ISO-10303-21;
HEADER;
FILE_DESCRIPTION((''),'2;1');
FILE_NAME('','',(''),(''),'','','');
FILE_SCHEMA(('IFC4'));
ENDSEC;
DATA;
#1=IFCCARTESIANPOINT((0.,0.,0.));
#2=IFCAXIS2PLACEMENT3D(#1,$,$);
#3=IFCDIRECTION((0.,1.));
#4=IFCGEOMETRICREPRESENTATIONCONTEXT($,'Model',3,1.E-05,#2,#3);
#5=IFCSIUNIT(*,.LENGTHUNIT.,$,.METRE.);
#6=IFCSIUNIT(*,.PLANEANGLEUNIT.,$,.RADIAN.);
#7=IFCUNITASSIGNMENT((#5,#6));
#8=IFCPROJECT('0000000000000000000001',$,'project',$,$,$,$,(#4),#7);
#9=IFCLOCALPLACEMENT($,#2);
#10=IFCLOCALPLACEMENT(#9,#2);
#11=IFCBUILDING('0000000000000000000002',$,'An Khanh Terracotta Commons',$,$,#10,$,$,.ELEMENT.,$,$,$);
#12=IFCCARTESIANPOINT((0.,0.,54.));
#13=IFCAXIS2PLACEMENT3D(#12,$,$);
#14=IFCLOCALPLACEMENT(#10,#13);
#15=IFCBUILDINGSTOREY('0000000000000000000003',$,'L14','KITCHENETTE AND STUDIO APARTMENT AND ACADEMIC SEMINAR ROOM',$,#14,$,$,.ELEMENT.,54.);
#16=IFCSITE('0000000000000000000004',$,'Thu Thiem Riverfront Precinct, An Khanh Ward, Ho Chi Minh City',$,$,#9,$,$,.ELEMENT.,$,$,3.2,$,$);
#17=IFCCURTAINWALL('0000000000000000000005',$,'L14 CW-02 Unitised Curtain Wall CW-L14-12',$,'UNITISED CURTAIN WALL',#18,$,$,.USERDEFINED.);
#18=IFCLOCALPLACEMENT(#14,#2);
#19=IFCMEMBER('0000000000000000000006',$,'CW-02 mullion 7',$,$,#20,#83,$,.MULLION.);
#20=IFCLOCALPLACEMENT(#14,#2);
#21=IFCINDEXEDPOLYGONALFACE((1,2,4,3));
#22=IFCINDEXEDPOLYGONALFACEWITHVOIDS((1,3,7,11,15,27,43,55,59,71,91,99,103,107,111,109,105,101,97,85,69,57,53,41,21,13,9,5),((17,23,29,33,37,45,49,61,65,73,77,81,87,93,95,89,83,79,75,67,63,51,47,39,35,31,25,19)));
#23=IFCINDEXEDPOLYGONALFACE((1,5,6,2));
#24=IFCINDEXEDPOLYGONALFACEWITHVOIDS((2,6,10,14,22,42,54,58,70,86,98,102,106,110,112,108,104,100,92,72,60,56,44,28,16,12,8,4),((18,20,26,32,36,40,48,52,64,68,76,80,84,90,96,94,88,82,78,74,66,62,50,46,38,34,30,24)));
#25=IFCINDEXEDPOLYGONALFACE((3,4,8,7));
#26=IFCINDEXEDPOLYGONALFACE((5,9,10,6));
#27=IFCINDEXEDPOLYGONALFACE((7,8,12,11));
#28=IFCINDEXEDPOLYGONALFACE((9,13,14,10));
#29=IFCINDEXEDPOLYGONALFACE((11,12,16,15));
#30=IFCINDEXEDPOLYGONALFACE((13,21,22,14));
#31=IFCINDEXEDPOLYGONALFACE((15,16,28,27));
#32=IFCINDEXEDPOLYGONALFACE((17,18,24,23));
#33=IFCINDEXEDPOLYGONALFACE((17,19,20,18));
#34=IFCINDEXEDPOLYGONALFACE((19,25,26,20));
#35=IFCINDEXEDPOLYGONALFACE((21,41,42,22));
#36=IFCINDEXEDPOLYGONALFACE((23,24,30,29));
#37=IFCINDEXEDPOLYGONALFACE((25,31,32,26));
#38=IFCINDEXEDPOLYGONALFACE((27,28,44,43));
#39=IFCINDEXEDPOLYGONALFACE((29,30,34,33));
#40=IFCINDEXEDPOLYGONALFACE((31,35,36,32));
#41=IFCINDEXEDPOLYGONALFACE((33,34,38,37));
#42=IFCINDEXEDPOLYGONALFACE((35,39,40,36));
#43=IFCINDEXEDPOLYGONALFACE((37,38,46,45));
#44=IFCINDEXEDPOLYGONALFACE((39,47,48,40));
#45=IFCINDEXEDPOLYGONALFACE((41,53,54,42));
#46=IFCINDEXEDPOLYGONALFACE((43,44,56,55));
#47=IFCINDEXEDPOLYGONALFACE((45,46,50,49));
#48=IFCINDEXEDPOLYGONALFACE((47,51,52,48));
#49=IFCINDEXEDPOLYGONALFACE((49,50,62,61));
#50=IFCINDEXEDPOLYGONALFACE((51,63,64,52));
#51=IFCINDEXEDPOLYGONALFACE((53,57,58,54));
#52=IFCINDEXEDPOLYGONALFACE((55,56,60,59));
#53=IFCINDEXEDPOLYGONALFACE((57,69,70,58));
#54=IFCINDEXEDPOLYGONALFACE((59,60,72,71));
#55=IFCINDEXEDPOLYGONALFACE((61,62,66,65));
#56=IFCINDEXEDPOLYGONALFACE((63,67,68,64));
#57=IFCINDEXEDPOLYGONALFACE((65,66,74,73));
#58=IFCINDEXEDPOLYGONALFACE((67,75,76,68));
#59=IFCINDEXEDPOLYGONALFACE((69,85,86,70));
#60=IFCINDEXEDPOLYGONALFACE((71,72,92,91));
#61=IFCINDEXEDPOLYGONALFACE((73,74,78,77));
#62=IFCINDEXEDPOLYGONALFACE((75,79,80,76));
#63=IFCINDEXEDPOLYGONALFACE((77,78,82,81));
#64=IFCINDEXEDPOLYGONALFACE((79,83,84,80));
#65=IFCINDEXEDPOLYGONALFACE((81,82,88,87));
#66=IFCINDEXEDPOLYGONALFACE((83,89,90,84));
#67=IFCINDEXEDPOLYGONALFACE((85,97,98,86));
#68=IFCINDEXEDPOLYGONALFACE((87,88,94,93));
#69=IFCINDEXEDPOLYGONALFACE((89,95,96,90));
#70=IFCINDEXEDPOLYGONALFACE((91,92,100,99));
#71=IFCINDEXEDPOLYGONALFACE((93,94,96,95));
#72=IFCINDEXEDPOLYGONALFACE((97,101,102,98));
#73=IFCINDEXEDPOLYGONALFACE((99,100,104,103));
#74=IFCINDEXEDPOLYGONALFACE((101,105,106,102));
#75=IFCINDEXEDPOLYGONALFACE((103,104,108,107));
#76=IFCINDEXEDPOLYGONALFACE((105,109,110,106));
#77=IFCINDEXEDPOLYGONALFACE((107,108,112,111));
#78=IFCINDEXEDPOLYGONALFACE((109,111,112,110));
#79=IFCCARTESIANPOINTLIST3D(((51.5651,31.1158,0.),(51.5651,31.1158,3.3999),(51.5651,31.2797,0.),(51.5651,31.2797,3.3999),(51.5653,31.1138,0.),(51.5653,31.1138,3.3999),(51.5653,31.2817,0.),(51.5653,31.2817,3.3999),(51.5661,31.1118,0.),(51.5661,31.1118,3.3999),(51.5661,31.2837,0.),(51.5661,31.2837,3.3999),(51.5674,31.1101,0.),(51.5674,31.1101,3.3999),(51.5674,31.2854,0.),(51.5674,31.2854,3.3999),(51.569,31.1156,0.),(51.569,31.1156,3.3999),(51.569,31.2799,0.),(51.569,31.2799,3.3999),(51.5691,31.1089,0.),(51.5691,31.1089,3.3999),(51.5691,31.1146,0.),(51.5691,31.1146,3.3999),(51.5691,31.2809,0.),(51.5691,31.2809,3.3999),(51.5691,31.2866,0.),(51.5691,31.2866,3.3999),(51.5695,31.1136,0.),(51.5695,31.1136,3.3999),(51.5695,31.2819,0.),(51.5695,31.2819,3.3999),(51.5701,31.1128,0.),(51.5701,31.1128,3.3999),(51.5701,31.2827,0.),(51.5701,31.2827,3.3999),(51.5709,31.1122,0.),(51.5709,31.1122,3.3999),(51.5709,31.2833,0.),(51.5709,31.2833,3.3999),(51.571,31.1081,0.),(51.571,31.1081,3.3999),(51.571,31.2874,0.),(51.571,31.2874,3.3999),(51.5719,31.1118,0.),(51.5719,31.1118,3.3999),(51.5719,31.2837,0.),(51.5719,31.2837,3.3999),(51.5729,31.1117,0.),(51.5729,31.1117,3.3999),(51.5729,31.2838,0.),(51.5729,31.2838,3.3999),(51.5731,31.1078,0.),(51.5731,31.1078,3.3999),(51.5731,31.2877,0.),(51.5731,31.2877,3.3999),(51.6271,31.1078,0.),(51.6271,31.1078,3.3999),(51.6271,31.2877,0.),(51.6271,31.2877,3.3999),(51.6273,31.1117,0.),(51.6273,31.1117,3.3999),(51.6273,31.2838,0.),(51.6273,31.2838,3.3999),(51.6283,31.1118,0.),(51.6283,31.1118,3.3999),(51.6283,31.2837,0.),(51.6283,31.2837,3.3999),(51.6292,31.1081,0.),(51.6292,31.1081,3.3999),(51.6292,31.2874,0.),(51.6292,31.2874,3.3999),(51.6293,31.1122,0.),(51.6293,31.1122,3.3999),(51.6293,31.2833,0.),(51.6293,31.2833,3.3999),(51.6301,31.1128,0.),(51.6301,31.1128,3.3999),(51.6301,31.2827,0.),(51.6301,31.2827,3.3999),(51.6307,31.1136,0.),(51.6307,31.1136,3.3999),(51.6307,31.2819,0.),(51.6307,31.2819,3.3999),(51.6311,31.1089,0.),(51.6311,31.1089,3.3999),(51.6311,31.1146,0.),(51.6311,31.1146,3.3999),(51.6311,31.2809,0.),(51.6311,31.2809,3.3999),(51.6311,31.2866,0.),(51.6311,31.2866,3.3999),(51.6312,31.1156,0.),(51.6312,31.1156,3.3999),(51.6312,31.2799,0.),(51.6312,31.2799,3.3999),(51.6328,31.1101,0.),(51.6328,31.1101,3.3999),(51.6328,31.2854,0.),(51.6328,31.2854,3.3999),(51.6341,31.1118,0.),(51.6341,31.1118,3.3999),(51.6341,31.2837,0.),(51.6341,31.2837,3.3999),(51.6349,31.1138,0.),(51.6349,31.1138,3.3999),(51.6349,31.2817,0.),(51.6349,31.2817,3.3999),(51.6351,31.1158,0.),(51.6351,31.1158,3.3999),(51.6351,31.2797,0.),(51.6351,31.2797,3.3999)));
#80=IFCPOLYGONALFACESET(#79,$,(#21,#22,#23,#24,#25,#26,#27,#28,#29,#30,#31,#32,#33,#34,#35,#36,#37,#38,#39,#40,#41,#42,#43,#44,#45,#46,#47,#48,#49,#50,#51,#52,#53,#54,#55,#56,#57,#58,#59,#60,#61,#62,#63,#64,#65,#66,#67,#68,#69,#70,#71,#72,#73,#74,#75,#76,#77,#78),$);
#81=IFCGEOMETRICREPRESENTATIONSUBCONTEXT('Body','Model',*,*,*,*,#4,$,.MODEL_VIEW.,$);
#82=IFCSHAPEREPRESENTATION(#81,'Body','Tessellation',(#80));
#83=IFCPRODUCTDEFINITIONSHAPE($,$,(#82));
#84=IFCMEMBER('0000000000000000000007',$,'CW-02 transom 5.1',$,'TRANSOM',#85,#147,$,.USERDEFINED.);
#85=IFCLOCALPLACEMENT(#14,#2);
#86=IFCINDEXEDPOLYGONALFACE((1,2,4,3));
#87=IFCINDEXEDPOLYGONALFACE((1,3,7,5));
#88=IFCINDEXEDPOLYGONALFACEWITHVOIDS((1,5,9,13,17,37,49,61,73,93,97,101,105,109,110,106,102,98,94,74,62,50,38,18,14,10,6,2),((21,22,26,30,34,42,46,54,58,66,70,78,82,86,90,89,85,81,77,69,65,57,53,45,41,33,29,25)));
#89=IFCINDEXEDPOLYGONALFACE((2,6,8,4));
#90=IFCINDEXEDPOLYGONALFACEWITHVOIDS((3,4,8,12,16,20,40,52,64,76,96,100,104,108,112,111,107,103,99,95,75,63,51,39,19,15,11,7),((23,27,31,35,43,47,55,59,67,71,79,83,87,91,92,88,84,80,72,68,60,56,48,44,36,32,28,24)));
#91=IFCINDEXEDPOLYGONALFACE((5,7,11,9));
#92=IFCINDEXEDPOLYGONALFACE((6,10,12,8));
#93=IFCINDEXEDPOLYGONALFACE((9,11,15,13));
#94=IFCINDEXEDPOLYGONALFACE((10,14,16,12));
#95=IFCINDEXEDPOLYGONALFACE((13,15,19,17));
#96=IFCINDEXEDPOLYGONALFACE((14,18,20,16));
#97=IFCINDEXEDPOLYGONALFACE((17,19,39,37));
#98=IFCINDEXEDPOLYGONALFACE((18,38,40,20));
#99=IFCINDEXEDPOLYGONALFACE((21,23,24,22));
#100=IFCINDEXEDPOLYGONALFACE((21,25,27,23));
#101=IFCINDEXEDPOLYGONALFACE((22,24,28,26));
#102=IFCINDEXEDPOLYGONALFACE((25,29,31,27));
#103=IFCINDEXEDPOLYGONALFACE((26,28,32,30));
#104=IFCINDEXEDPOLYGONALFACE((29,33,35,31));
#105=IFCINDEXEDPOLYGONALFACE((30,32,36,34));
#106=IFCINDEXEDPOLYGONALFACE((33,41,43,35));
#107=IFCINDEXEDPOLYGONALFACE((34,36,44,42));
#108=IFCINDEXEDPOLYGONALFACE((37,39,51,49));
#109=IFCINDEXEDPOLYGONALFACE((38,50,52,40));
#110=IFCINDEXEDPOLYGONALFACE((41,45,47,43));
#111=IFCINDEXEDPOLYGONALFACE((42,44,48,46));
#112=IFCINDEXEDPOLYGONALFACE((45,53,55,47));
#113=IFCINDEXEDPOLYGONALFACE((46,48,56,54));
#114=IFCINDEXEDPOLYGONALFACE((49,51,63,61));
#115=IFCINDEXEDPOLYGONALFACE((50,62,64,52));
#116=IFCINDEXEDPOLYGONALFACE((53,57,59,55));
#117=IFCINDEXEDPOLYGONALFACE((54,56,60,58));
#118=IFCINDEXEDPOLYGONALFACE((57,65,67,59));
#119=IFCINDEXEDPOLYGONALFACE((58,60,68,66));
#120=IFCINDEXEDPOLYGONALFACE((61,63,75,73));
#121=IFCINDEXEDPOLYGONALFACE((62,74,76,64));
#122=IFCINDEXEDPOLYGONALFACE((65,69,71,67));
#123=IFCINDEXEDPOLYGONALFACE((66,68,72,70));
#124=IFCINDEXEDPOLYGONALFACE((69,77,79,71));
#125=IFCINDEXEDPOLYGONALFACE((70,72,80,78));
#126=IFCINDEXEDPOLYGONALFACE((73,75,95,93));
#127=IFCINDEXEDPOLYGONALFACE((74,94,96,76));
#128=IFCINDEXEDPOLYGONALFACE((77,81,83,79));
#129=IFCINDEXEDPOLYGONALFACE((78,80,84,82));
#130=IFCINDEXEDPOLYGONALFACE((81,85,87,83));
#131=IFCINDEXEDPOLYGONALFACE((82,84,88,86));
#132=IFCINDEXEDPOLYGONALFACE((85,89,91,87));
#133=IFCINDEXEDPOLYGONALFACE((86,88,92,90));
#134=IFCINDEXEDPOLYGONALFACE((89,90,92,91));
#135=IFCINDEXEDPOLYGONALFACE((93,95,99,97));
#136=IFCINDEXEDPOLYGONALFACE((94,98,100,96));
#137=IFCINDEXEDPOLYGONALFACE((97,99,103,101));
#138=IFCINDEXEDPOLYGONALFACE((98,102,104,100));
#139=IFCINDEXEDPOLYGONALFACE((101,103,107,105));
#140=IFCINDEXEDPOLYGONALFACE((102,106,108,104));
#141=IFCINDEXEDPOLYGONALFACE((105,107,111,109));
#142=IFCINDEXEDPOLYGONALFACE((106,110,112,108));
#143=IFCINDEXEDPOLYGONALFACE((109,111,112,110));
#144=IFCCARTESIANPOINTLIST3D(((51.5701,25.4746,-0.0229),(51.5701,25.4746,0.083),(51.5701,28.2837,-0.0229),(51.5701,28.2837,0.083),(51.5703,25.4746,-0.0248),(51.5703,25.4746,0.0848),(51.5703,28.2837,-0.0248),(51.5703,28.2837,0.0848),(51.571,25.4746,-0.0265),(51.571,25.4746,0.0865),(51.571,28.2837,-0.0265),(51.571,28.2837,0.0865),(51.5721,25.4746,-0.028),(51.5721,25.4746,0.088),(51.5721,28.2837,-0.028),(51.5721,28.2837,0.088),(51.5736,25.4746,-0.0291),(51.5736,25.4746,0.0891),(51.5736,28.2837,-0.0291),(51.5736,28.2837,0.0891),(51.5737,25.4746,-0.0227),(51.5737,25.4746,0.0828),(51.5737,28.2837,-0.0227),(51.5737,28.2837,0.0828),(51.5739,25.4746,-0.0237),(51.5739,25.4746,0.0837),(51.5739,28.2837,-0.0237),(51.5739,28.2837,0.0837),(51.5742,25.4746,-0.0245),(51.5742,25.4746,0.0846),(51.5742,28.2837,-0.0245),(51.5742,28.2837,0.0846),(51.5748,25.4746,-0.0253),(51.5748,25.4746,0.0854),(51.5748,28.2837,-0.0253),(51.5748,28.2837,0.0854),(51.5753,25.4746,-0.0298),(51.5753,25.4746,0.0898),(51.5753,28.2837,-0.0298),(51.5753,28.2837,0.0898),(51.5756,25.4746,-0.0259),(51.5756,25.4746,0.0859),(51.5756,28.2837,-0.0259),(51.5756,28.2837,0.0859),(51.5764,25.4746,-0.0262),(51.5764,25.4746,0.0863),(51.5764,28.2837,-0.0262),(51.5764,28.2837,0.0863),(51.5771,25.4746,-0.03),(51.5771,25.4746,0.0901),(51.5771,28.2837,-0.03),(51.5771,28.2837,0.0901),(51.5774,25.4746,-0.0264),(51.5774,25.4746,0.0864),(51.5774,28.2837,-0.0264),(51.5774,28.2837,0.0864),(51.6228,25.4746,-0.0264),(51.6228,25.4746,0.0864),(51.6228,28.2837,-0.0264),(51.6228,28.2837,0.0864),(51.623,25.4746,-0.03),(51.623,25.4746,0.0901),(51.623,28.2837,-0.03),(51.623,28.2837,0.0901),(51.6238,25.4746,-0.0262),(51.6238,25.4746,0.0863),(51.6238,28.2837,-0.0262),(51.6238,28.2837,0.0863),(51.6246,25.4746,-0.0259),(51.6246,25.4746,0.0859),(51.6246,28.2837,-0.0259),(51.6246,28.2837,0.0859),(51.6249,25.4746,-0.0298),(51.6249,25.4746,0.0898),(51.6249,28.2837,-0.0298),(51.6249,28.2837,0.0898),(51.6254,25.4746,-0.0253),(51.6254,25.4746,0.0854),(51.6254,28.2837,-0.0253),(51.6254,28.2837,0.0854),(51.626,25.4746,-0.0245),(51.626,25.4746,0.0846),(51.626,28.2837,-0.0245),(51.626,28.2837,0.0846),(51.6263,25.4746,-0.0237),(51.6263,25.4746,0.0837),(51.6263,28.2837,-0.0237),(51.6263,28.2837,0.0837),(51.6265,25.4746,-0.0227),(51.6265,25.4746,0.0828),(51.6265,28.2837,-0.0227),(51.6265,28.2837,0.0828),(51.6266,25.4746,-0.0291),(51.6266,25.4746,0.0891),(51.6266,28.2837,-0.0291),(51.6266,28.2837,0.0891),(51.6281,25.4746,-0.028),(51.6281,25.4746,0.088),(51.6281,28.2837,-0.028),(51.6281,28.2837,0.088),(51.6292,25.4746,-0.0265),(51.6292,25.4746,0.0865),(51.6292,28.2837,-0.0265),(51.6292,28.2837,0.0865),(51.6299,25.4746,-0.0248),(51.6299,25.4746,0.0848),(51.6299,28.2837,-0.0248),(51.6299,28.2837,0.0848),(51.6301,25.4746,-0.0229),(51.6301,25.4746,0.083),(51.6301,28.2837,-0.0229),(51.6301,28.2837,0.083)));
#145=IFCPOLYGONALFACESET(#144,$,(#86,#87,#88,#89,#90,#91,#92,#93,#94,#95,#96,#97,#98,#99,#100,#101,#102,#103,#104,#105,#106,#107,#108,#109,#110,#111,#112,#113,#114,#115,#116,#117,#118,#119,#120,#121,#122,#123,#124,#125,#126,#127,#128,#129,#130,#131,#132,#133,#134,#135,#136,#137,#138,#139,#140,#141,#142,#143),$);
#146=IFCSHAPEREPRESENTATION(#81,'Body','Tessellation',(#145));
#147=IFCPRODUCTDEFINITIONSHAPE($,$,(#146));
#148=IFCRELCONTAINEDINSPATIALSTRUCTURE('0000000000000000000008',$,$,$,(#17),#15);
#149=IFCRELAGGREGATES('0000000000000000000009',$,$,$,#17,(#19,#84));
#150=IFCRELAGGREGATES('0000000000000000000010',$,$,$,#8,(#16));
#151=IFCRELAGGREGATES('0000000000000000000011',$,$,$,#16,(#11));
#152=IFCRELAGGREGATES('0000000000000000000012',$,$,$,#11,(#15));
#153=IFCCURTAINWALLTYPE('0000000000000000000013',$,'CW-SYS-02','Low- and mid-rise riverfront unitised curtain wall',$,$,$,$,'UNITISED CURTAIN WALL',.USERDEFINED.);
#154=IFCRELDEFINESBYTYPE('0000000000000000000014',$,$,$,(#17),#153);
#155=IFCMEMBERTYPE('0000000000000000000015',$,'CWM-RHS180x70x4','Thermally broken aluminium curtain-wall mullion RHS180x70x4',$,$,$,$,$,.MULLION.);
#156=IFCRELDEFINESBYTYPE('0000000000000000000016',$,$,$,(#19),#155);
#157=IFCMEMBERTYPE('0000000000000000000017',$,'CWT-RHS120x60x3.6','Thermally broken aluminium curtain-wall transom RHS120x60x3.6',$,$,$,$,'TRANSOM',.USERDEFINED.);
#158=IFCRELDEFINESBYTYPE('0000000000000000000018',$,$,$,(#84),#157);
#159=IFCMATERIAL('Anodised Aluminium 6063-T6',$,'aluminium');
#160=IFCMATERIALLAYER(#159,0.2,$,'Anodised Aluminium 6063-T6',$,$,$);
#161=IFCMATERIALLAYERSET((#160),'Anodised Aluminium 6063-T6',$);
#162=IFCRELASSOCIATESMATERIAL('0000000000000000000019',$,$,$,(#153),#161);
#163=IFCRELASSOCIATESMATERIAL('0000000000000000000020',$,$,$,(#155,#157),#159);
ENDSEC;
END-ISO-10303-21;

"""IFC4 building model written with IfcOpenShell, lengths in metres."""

from ifc_helpers import new_model, si_unit, direction, frame, origin, origin_2d, place, context, subcontext, project, spatial, hollow_rectangle, extrude, material, layer, layer_set, material_profile, profile_set, type_object, element, aggregate, save


model = new_model("IFC4")

# Units and contexts
model_context = context("Model", 3, precision=1e-05, world=origin(), true_north=direction((0.0, 1.0)))
body_context = subcontext(model_context, "Body", "Model", "MODEL_VIEW")
ifc_project = project(units=[si_unit("LENGTHUNIT", "METRE"), si_unit("PLANEANGLEUNIT", "RADIAN")], contexts=[model_context])

# Site, building, storey
site_placement = place(None, origin())
site = spatial("IfcSite", under=ifc_project, at=site_placement, Name="Thu Thiem Riverfront Precinct, An Khanh Ward, Ho Chi Minh City", CompositionType="ELEMENT", RefElevation=3.2)
building_placement = place(site_placement, origin())
building = spatial("IfcBuilding", under=site, at=building_placement, Name="An Khanh Terracotta Commons", CompositionType="ELEMENT")
storey_placement = place(building_placement, frame((0.0, 0.0, 54.0)))
storey = spatial("IfcBuildingStorey", under=building, at=storey_placement, Name="L14", Description="KITCHENETTE AND STUDIO APARTMENT AND ACADEMIC SEMINAR ROOM", CompositionType="ELEMENT", Elevation=54.0)

# Curtain wall, members
ifc_material_1 = material(Name="Anodised Aluminium 6063-T6", Category="aluminium")
ifc_layer_1 = layer(ifc_material_1, 0.2, Name="Anodised Aluminium 6063-T6")
ifc_layer_set_1 = layer_set([ifc_layer_1], Name="Anodised Aluminium 6063-T6")
curtain_wall_type = type_object("IfcCurtainWallType", Name="CW-SYS-02", Description="Low- and mid-rise riverfront unitised curtain wall", ElementType="UNITISED CURTAIN WALL", PredefinedType="USERDEFINED", material=ifc_layer_set_1)
curtain_wall_placement = place(storey_placement, origin())
curtain_wall = element("IfcCurtainWall", 1, at=curtain_wall_placement, inside=storey, type_object=curtain_wall_type, Name="L14 CW-02 Unitised Curtain Wall CW-L14-12", ObjectType="UNITISED CURTAIN WALL", PredefinedType="USERDEFINED")
ifc_material_profile_1 = material_profile(ifc_material_1, hollow_rectangle(XDim=0.0701, YDim=0.1799, WallThickness=0.0039, InnerFilletRadius=0.0039, OuterFilletRadius=0.0081, at=origin_2d()), Name="RHS180x70x4")
ifc_profile_set_1 = profile_set([ifc_material_profile_1], Name="Anodised Aluminium 6063-T6")
member_type_1 = type_object("IfcMemberType", Name="CWM-RHS180x70x4", Description="Thermally broken aluminium curtain-wall mullion RHS180x70x4", PredefinedType="MULLION", material=ifc_profile_set_1)
member_1_placement = place(storey_placement, frame((51.6001, 31.1978, 0.0), z_axis=(0.0, 0.0, 1.0), x_axis=(-1.0, 0.0, 0.0)))
member_1 = element("IfcMember", 2, at=member_1_placement, type_object=member_type_1, Name="CW-02 mullion 7", PredefinedType="MULLION", context=body_context, shape_type="SweptSolid", body=[
    extrude(hollow_rectangle(XDim=0.0701, YDim=0.1799, WallThickness=0.0039, InnerFilletRadius=0.0039, OuterFilletRadius=0.0081, at=origin_2d()), origin(), (0.0, 0.0, 1.0), 3.3999),
])
ifc_material_profile_2 = material_profile(ifc_material_1, hollow_rectangle(XDim=0.0601, YDim=0.1201, WallThickness=0.0037, InnerFilletRadius=0.0037, OuterFilletRadius=0.0071, at=origin_2d()), Name="RHS120x60x3.6")
ifc_profile_set_2 = profile_set([ifc_material_profile_2], Name="Anodised Aluminium 6063-T6")
member_type_2 = type_object("IfcMemberType", Name="CWT-RHS120x60x3.6", Description="Thermally broken aluminium curtain-wall transom RHS120x60x3.6", ElementType="TRANSOM", PredefinedType="USERDEFINED", material=ifc_profile_set_2)
member_2_placement = place(storey_placement, frame((51.6001, 25.4746, 0.03), z_axis=(0.0, 1.0, 0.0), x_axis=(-1.0, 0.0, 0.0)))
member_2 = element("IfcMember", 3, at=member_2_placement, type_object=member_type_2, Name="CW-02 transom 5.1", ObjectType="TRANSOM", PredefinedType="USERDEFINED", context=body_context, shape_type="SweptSolid", body=[
    extrude(hollow_rectangle(XDim=0.0601, YDim=0.1201, WallThickness=0.0037, InnerFilletRadius=0.0037, OuterFilletRadius=0.0071, at=origin_2d()), origin(), (0.0, 0.0, 1.0), 2.8091),
])
aggregate(curtain_wall, [member_1, member_2])

save(model, "model.ifc")
